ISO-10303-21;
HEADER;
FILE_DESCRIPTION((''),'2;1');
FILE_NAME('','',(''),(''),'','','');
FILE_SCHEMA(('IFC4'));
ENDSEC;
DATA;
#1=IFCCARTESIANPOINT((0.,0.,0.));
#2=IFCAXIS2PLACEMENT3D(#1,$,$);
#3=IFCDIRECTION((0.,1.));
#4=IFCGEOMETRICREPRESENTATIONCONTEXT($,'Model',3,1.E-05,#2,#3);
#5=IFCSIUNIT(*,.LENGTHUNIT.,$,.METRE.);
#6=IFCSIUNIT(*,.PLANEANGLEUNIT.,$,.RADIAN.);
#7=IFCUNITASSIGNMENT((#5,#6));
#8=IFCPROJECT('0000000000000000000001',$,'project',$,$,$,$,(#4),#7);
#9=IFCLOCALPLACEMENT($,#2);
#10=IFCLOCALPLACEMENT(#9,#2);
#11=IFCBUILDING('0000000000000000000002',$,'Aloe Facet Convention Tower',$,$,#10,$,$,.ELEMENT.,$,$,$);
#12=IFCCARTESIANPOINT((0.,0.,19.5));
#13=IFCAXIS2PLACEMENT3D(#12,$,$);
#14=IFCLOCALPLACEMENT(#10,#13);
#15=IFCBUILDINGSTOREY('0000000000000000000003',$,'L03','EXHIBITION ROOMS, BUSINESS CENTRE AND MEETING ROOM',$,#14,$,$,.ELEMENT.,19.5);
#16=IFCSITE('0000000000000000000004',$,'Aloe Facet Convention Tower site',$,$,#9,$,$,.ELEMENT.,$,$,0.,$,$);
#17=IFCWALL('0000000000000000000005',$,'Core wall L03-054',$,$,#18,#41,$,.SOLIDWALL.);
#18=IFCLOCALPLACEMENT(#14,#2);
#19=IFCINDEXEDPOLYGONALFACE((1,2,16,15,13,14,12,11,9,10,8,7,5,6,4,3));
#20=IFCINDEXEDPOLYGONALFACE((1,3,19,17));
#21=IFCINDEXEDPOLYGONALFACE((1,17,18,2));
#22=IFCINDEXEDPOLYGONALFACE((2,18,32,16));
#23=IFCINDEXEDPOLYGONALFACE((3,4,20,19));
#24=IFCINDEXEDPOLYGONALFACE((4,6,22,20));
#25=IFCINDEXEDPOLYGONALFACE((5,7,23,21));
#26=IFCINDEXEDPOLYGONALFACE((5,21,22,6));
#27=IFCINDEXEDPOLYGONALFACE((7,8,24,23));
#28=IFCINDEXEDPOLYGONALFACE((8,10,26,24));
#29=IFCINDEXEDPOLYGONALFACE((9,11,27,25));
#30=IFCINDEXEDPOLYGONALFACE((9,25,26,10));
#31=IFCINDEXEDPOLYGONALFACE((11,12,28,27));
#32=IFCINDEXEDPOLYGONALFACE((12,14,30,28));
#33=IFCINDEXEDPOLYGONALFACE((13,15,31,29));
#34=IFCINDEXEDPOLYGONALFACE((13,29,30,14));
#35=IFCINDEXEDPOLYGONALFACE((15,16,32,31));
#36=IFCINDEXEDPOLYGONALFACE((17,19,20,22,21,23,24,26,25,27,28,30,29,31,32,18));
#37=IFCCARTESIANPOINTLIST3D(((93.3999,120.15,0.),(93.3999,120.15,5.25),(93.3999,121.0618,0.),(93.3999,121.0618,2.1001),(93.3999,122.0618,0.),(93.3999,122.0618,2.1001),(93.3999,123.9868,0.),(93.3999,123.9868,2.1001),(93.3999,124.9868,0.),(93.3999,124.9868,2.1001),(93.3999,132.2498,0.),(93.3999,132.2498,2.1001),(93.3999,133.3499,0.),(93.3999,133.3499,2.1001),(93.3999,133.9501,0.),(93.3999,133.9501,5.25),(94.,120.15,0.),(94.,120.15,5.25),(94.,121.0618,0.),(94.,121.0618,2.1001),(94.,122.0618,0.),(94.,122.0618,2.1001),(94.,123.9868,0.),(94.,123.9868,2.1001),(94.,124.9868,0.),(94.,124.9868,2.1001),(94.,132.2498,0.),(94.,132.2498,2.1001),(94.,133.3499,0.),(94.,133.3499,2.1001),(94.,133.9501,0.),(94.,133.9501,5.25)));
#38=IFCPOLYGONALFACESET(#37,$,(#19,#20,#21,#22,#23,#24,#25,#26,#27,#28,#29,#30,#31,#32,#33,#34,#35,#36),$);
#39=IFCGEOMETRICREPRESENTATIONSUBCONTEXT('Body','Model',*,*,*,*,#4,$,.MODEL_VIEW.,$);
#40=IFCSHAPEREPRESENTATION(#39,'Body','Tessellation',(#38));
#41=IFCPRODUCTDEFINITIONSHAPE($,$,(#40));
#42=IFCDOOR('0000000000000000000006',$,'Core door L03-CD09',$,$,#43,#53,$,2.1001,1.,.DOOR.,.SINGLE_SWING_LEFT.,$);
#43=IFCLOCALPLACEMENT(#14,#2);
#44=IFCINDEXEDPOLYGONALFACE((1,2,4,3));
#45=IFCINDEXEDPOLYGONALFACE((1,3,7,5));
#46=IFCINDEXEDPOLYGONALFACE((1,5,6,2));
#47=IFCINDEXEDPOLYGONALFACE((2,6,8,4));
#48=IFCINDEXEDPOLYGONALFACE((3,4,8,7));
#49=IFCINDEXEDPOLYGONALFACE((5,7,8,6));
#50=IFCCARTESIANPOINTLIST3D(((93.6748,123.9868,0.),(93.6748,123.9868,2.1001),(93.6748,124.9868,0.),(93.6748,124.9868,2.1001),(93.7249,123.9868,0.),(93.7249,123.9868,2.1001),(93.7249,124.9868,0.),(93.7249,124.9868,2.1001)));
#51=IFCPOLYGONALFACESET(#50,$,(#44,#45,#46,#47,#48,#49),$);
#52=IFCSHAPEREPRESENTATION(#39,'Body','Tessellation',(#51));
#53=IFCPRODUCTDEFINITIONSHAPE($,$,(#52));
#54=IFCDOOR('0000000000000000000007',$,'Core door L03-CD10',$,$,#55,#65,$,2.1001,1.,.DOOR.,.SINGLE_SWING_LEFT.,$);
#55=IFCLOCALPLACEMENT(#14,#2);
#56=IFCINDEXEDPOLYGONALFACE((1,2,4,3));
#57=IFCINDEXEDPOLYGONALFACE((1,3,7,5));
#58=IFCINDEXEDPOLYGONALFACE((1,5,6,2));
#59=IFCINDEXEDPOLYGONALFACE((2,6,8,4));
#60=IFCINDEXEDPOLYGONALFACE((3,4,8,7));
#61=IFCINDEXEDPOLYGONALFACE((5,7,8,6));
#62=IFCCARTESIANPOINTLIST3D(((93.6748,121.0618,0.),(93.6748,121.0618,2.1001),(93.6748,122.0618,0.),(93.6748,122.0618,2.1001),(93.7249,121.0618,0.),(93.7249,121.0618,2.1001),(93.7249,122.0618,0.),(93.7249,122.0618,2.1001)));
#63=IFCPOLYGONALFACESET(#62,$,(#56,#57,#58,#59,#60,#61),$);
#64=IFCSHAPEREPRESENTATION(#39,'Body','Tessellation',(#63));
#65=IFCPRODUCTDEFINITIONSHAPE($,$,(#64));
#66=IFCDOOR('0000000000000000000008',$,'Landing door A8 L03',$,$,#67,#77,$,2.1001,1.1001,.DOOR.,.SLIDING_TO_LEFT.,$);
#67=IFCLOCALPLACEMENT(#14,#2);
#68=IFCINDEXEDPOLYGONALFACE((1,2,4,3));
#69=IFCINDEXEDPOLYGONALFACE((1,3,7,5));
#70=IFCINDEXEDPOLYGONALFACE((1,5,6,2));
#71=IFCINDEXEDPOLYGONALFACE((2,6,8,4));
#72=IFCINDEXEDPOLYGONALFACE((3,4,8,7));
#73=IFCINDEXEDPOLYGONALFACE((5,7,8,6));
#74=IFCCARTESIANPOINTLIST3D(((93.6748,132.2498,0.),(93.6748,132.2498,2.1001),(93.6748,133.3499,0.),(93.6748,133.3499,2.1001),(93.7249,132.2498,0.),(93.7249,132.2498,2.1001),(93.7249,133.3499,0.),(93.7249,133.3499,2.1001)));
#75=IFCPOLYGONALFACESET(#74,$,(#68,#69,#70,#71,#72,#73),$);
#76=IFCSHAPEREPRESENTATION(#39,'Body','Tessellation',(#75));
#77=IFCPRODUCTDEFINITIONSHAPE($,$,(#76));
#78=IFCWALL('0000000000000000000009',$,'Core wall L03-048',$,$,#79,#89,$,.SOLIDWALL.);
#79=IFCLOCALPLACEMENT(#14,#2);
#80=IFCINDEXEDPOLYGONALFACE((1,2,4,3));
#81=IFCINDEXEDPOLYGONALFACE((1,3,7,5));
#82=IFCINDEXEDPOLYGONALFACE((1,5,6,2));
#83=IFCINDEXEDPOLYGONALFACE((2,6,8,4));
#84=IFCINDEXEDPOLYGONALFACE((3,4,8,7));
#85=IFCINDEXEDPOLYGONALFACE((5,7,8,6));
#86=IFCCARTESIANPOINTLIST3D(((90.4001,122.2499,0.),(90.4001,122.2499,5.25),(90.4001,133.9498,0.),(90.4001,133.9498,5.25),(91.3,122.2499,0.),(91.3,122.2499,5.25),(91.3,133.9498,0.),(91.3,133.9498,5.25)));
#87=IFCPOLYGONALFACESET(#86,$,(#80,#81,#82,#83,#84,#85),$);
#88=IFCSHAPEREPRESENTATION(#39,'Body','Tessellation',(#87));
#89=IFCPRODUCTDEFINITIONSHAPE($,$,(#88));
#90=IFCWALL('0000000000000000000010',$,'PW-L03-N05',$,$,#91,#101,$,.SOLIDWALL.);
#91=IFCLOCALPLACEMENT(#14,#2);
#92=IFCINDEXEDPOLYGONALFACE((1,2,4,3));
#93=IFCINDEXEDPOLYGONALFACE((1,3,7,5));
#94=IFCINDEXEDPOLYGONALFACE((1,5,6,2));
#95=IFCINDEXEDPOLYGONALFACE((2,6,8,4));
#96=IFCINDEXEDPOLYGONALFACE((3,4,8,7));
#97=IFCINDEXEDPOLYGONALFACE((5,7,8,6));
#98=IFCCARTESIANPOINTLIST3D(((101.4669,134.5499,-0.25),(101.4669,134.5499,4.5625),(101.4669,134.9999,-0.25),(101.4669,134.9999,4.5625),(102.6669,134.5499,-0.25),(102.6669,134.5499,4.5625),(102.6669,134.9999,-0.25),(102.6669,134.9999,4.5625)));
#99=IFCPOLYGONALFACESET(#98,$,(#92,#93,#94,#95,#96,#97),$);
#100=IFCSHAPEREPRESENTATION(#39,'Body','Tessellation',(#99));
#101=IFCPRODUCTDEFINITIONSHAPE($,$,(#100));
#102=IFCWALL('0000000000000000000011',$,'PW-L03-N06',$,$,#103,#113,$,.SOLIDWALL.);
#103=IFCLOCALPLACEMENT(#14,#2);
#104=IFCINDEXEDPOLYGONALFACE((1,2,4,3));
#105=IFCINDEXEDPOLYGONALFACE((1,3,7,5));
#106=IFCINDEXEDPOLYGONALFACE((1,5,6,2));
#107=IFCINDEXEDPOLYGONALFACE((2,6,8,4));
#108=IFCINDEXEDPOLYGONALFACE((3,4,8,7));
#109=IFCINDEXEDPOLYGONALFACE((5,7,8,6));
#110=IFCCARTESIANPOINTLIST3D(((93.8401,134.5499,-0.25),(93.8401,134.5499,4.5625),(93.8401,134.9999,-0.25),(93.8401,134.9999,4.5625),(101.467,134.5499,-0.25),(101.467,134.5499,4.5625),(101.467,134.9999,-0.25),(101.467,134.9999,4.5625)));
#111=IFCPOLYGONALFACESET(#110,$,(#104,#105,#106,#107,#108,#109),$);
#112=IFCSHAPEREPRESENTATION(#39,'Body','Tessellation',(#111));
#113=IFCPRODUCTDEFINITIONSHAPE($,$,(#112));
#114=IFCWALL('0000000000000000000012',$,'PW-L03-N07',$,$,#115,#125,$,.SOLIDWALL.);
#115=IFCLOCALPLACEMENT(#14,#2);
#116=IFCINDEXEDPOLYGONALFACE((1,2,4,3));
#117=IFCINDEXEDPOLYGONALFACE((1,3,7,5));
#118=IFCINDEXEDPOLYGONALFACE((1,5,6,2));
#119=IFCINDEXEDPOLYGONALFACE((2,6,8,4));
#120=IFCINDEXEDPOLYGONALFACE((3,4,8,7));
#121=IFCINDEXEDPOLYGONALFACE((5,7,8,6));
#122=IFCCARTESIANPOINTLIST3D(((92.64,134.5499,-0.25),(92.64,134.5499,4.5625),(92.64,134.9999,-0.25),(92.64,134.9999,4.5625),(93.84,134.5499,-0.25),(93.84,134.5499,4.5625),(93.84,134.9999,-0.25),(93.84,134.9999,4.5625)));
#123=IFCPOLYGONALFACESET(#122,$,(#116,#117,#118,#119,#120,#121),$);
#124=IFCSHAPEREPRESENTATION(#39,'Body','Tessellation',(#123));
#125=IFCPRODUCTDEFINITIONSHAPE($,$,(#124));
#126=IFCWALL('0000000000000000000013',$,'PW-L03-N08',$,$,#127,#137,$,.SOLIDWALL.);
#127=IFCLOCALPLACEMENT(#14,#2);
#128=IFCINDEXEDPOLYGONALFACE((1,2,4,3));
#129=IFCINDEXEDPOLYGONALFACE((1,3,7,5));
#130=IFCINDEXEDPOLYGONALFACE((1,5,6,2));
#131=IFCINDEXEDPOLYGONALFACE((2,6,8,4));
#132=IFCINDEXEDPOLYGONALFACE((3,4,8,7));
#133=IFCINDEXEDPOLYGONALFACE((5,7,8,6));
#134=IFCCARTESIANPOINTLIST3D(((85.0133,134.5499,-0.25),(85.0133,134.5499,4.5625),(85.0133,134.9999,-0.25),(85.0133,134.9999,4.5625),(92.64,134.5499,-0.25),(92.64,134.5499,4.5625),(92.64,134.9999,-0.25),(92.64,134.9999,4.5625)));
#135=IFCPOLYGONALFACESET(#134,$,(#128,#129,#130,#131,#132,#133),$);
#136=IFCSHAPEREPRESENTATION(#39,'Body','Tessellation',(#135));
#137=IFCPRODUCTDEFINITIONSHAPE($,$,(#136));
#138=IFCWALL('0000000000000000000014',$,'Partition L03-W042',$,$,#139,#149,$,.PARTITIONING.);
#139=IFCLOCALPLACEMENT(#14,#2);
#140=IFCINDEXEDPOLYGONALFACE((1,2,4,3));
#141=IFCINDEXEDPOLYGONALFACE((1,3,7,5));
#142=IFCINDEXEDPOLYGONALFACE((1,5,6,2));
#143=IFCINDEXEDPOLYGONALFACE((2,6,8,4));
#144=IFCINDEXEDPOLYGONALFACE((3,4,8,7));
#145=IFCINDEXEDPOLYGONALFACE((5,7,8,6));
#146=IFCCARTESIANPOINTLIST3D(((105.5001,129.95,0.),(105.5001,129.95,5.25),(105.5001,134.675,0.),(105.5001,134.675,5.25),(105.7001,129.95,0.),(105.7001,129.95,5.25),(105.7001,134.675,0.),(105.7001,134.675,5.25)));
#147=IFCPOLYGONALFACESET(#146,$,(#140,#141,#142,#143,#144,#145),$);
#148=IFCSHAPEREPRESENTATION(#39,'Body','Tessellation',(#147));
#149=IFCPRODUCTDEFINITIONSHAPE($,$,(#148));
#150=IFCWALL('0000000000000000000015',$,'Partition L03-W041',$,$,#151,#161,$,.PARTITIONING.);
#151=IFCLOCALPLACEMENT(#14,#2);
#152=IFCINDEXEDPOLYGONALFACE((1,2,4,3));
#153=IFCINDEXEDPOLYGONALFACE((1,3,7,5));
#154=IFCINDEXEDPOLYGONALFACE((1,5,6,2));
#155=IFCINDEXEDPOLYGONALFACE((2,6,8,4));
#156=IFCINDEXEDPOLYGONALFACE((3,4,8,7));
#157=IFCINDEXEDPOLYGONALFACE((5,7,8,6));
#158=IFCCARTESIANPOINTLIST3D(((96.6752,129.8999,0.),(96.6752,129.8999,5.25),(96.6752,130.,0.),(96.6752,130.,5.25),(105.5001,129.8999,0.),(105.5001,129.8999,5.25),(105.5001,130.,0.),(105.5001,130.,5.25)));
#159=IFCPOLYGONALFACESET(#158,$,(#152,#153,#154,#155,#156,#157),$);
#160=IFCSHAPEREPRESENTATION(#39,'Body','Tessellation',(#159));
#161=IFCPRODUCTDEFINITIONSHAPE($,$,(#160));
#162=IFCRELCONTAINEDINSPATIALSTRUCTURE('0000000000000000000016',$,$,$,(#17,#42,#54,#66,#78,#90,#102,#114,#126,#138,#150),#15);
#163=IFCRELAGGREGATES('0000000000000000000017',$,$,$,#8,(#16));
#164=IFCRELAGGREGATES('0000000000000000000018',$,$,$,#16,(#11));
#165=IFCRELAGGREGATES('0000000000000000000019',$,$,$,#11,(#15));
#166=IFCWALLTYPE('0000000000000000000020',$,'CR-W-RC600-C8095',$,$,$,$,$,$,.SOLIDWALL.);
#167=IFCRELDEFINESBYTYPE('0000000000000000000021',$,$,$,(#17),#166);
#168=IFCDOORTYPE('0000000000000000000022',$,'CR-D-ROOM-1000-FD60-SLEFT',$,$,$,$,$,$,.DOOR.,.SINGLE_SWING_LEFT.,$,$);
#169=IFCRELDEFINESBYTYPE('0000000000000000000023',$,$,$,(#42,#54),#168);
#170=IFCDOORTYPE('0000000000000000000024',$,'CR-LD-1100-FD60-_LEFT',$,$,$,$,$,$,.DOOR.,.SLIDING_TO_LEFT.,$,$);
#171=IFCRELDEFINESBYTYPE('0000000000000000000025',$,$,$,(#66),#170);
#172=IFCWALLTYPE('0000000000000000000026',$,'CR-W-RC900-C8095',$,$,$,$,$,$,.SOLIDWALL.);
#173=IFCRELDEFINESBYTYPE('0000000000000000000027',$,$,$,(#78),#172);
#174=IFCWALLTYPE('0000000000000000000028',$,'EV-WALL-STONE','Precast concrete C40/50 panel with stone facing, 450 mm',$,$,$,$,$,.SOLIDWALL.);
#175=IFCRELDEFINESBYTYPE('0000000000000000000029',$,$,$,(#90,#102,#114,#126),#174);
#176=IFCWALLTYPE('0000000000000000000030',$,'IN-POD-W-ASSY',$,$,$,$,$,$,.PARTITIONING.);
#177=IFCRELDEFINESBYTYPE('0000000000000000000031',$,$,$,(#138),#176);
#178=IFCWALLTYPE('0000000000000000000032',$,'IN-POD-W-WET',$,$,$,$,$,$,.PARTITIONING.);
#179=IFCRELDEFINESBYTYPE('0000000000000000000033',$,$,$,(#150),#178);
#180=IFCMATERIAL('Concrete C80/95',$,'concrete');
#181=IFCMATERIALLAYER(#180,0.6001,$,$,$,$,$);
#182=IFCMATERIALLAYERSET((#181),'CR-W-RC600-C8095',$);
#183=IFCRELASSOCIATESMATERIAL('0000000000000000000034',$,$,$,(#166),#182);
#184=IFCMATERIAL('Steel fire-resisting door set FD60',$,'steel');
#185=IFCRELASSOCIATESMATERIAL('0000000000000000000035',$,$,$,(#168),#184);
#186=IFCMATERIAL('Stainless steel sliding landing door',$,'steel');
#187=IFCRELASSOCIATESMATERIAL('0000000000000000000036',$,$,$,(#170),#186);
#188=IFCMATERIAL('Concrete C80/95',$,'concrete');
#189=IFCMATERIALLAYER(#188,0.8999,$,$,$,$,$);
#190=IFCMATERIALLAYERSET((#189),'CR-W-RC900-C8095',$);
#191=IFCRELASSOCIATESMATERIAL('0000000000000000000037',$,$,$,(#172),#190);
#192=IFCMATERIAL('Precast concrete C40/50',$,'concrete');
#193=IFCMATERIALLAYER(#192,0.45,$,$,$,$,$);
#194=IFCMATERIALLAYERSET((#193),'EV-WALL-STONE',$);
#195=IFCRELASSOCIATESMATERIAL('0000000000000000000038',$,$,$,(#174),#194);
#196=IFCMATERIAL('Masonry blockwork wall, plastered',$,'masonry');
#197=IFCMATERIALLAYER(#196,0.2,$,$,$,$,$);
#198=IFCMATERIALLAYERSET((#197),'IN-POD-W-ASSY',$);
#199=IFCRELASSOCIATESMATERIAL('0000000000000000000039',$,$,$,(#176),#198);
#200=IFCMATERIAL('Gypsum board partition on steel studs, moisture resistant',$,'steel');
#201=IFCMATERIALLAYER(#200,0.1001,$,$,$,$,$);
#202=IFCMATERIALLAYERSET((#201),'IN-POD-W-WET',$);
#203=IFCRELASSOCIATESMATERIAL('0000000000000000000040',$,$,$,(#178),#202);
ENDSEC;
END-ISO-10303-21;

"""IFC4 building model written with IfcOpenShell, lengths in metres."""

from ifc_helpers import new_model, si_unit, direction, frame, frame_2d, origin, place, context, subcontext, project, spatial, rectangle, extrude, material, layer, layer_set, type_object, element, fill, save


model = new_model("IFC4")

# Units and contexts
model_context = context("Model", 3, precision=1e-05, world=origin(), true_north=direction((0.0, 1.0)))
body_context = subcontext(model_context, "Body", "Model", "MODEL_VIEW")
ifc_project = project(units=[si_unit("LENGTHUNIT", "METRE"), si_unit("PLANEANGLEUNIT", "RADIAN")], contexts=[model_context])

# Site, building, storey
site_placement = place(None, origin())
site = spatial("IfcSite", under=ifc_project, at=site_placement, Name="Aloe Facet Convention Tower site", CompositionType="ELEMENT", RefElevation=0.0)
building_placement = place(site_placement, origin())
building = spatial("IfcBuilding", under=site, at=building_placement, Name="Aloe Facet Convention Tower", CompositionType="ELEMENT")
storey_placement = place(building_placement, frame((0.0, 0.0, 19.5)))
storey = spatial("IfcBuildingStorey", under=building, at=storey_placement, Name="L03", Description="EXHIBITION ROOMS, BUSINESS CENTRE AND MEETING ROOM", CompositionType="ELEMENT", Elevation=19.5)

# Wall, openings, doors
ifc_material_1 = material(Name="Concrete C80/95", Category="concrete")
ifc_layer_1 = layer(ifc_material_1, 0.6001)
ifc_layer_set_1 = layer_set([ifc_layer_1], Name="CR-W-RC600-C8095")
wall_type_1 = type_object("IfcWallType", Name="CR-W-RC600-C8095", PredefinedType="SOLIDWALL", material=ifc_layer_set_1)
wall_1_placement = place(storey_placement, frame((93.7, 133.95, 0.0), z_axis=(0.0, 0.0, 1.0), x_axis=(0.0, -1.0, 0.0)))
wall_1 = element("IfcWall", 1, at=wall_1_placement, inside=storey, type_object=wall_type_1, Name="Core wall L03-054", PredefinedType="SOLIDWALL", context=body_context, shape_type="SweptSolid", body=[
    extrude(rectangle(XDim=13.8, YDim=0.6001, at=frame_2d((6.8999, 0.0))), origin(), (0.0, 0.0, 1.0), 5.25),
])
opening_1_placement = place(wall_1_placement, frame((0.6001, 0.0, 0.0)))
opening_1 = element("IfcOpeningElement", 2, at=opening_1_placement, cuts=wall_1, PredefinedType="OPENING", context=body_context, shape_type="SweptSolid", body=[
    extrude(rectangle(XDim=1.1001, YDim=2.1001, at=frame_2d((0.55, 1.05))), frame((0.0, 0.3101, 0.0), z_axis=(0.0, -1.0, 0.0), x_axis=(1.0, 0.0, 0.0)), (0.0, 0.0, 1.0), 0.6201),
])
opening_2_placement = place(wall_1_placement, frame((8.9631, 0.0, 0.0)))
opening_2 = element("IfcOpeningElement", 3, at=opening_2_placement, cuts=wall_1, PredefinedType="OPENING", context=body_context, shape_type="SweptSolid", body=[
    extrude(rectangle(XDim=1.0, YDim=2.1001, at=frame_2d((0.5, 1.05))), frame((0.0, 0.3101, 0.0), z_axis=(0.0, -1.0, 0.0), x_axis=(1.0, 0.0, 0.0)), (0.0, 0.0, 1.0), 0.6201),
])
opening_3_placement = place(wall_1_placement, frame((11.8882, 0.0, 0.0)))
opening_3 = element("IfcOpeningElement", 4, at=opening_3_placement, cuts=wall_1, PredefinedType="OPENING", context=body_context, shape_type="SweptSolid", body=[
    extrude(rectangle(XDim=1.0, YDim=2.1001, at=frame_2d((0.5, 1.05))), frame((0.0, 0.3101, 0.0), z_axis=(0.0, -1.0, 0.0), x_axis=(1.0, 0.0, 0.0)), (0.0, 0.0, 1.0), 0.6201),
])
ifc_material_2 = material(Name="Steel fire-resisting door set FD60", Category="steel")
door_type_1 = type_object("IfcDoorType", Name="CR-D-ROOM-1000-FD60-SLEFT", OperationType="SINGLE_SWING_LEFT", PredefinedType="DOOR", material=ifc_material_2)
door_1_placement = place(opening_2_placement, origin())
door_1 = element("IfcDoor", 5, at=door_1_placement, inside=storey, type_object=door_type_1, Name="Core door L03-CD09", OperationType="SINGLE_SWING_LEFT", OverallHeight=2.1001, OverallWidth=1.0, PredefinedType="DOOR", context=body_context, shape_type="SweptSolid", body=[
    extrude(rectangle(XDim=1.0, YDim=2.1001, at=frame_2d((0.5, 1.05))), frame((0.0, 0.0249, 0.0), z_axis=(0.0, -1.0, 0.0), x_axis=(1.0, 0.0, 0.0)), (0.0, 0.0, 1.0), 0.05),
])
fill(opening_2, door_1)
door_2_placement = place(opening_3_placement, origin())
door_2 = element("IfcDoor", 6, at=door_2_placement, inside=storey, type_object=door_type_1, Name="Core door L03-CD10", OperationType="SINGLE_SWING_LEFT", OverallHeight=2.1001, OverallWidth=1.0, PredefinedType="DOOR", context=body_context, shape_type="SweptSolid", body=[
    extrude(rectangle(XDim=1.0, YDim=2.1001, at=frame_2d((0.5, 1.05))), frame((0.0, 0.0249, 0.0), z_axis=(0.0, -1.0, 0.0), x_axis=(1.0, 0.0, 0.0)), (0.0, 0.0, 1.0), 0.05),
])
fill(opening_3, door_2)
ifc_material_3 = material(Name="Stainless steel sliding landing door", Category="steel")
door_type_2 = type_object("IfcDoorType", Name="CR-LD-1100-FD60-_LEFT", OperationType="SLIDING_TO_LEFT", PredefinedType="DOOR", material=ifc_material_3)
door_3_placement = place(opening_1_placement, origin())
door_3 = element("IfcDoor", 7, at=door_3_placement, inside=storey, type_object=door_type_2, Name="Landing door A8 L03", OperationType="SLIDING_TO_LEFT", OverallHeight=2.1001, OverallWidth=1.1001, PredefinedType="DOOR", context=body_context, shape_type="SweptSolid", body=[
    extrude(rectangle(XDim=1.1001, YDim=2.1001, at=frame_2d((0.55, 1.05))), frame((0.0, 0.0249, 0.0), z_axis=(0.0, -1.0, 0.0), x_axis=(1.0, 0.0, 0.0)), (0.0, 0.0, 1.0), 0.05),
])
fill(opening_1, door_3)

# Walls
ifc_material_4 = material(Name="Concrete C80/95", Category="concrete")
ifc_layer_2 = layer(ifc_material_4, 0.8999)
ifc_layer_set_2 = layer_set([ifc_layer_2], Name="CR-W-RC900-C8095")
wall_type_2 = type_object("IfcWallType", Name="CR-W-RC900-C8095", PredefinedType="SOLIDWALL", material=ifc_layer_set_2)
wall_2_placement = place(storey_placement, frame((90.8501, 133.95, 0.0), z_axis=(0.0, 0.0, 1.0), x_axis=(0.0, -1.0, 0.0)))
element("IfcWall", 8, at=wall_2_placement, inside=storey, type_object=wall_type_2, Name="Core wall L03-048", PredefinedType="SOLIDWALL", context=body_context, shape_type="SweptSolid", body=[
    extrude(rectangle(XDim=11.7, YDim=0.8999, at=frame_2d((5.8501, 0.0))), origin(), (0.0, 0.0, 1.0), 5.25),
])
ifc_material_5 = material(Name="Precast concrete C40/50", Category="concrete")
ifc_layer_3 = layer(ifc_material_5, 0.45)
ifc_layer_set_3 = layer_set([ifc_layer_3], Name="EV-WALL-STONE")
wall_type_3 = type_object("IfcWallType", Name="EV-WALL-STONE", Description="Precast concrete C40/50 panel with stone facing, 450 mm", PredefinedType="SOLIDWALL", material=ifc_layer_set_3)
wall_3_placement = place(storey_placement, frame((102.667, 134.7749, -0.25), z_axis=(0.0, 0.0, 1.0), x_axis=(-1.0, 0.0, 0.0)))
element("IfcWall", 9, at=wall_3_placement, inside=storey, type_object=wall_type_3, Name="PW-L03-N05", PredefinedType="SOLIDWALL", context=body_context, shape_type="SweptSolid", body=[
    extrude(rectangle(XDim=1.2, YDim=0.45, at=frame_2d((0.6001, 0.0))), origin(), (0.0, 0.0, 1.0), 4.8125),
])
wall_4_placement = place(storey_placement, frame((101.467, 134.7749, -0.25), z_axis=(0.0, 0.0, 1.0), x_axis=(-1.0, 0.0, 0.0)))
element("IfcWall", 10, at=wall_4_placement, inside=storey, type_object=wall_type_3, Name="PW-L03-N06", PredefinedType="SOLIDWALL", context=body_context, shape_type="SweptSolid", body=[
    extrude(rectangle(XDim=7.627, YDim=0.45, at=frame_2d((3.8135, 0.0))), origin(), (0.0, 0.0, 1.0), 4.8125),
])
wall_5_placement = place(storey_placement, frame((93.8401, 134.7749, -0.25), z_axis=(0.0, 0.0, 1.0), x_axis=(-1.0, 0.0, 0.0)))
element("IfcWall", 11, at=wall_5_placement, inside=storey, type_object=wall_type_3, Name="PW-L03-N07", PredefinedType="SOLIDWALL", context=body_context, shape_type="SweptSolid", body=[
    extrude(rectangle(XDim=1.2, YDim=0.45, at=frame_2d((0.6001, 0.0))), origin(), (0.0, 0.0, 1.0), 4.8125),
])
wall_6_placement = place(storey_placement, frame((92.6401, 134.7749, -0.25), z_axis=(0.0, 0.0, 1.0), x_axis=(-1.0, 0.0, 0.0)))
element("IfcWall", 12, at=wall_6_placement, inside=storey, type_object=wall_type_3, Name="PW-L03-N08", PredefinedType="SOLIDWALL", context=body_context, shape_type="SweptSolid", body=[
    extrude(rectangle(XDim=7.6267, YDim=0.45, at=frame_2d((3.8135, 0.0))), origin(), (0.0, 0.0, 1.0), 4.8125),
])
ifc_material_6 = material(Name="Masonry blockwork wall, plastered", Category="masonry")
ifc_layer_4 = layer(ifc_material_6, 0.2)
ifc_layer_set_4 = layer_set([ifc_layer_4], Name="IN-POD-W-ASSY")
wall_type_4 = type_object("IfcWallType", Name="IN-POD-W-ASSY", PredefinedType="PARTITIONING", material=ifc_layer_set_4)
wall_7_placement = place(storey_placement, frame((105.6001, 129.95, 0.0), z_axis=(0.0, 0.0, 1.0), x_axis=(0.0, 1.0, 0.0)))
element("IfcWall", 13, at=wall_7_placement, inside=storey, type_object=wall_type_4, Name="Partition L03-W042", PredefinedType="PARTITIONING", context=body_context, shape_type="SweptSolid", body=[
    extrude(rectangle(XDim=4.7251, YDim=0.2, at=frame_2d((2.3625, 0.0))), origin(), (0.0, 0.0, 1.0), 5.25),
])
ifc_material_7 = material(Name="Gypsum board partition on steel studs, moisture resistant", Category="steel")
ifc_layer_5 = layer(ifc_material_7, 0.1001)
ifc_layer_set_5 = layer_set([ifc_layer_5], Name="IN-POD-W-WET")
wall_type_5 = type_object("IfcWallType", Name="IN-POD-W-WET", PredefinedType="PARTITIONING", material=ifc_layer_set_5)
wall_8_placement = place(storey_placement, frame((96.675, 129.95, 0.0), z_axis=(0.0, 0.0, 1.0), x_axis=(1.0, 0.0, 0.0)))
element("IfcWall", 14, at=wall_8_placement, inside=storey, type_object=wall_type_5, Name="Partition L03-W041", PredefinedType="PARTITIONING", context=body_context, shape_type="SweptSolid", body=[
    extrude(rectangle(XDim=8.825, YDim=0.1001, at=frame_2d((4.4126, 0.0))), origin(), (0.0, 0.0, 1.0), 5.25),
])

save(model, "model.ifc")
